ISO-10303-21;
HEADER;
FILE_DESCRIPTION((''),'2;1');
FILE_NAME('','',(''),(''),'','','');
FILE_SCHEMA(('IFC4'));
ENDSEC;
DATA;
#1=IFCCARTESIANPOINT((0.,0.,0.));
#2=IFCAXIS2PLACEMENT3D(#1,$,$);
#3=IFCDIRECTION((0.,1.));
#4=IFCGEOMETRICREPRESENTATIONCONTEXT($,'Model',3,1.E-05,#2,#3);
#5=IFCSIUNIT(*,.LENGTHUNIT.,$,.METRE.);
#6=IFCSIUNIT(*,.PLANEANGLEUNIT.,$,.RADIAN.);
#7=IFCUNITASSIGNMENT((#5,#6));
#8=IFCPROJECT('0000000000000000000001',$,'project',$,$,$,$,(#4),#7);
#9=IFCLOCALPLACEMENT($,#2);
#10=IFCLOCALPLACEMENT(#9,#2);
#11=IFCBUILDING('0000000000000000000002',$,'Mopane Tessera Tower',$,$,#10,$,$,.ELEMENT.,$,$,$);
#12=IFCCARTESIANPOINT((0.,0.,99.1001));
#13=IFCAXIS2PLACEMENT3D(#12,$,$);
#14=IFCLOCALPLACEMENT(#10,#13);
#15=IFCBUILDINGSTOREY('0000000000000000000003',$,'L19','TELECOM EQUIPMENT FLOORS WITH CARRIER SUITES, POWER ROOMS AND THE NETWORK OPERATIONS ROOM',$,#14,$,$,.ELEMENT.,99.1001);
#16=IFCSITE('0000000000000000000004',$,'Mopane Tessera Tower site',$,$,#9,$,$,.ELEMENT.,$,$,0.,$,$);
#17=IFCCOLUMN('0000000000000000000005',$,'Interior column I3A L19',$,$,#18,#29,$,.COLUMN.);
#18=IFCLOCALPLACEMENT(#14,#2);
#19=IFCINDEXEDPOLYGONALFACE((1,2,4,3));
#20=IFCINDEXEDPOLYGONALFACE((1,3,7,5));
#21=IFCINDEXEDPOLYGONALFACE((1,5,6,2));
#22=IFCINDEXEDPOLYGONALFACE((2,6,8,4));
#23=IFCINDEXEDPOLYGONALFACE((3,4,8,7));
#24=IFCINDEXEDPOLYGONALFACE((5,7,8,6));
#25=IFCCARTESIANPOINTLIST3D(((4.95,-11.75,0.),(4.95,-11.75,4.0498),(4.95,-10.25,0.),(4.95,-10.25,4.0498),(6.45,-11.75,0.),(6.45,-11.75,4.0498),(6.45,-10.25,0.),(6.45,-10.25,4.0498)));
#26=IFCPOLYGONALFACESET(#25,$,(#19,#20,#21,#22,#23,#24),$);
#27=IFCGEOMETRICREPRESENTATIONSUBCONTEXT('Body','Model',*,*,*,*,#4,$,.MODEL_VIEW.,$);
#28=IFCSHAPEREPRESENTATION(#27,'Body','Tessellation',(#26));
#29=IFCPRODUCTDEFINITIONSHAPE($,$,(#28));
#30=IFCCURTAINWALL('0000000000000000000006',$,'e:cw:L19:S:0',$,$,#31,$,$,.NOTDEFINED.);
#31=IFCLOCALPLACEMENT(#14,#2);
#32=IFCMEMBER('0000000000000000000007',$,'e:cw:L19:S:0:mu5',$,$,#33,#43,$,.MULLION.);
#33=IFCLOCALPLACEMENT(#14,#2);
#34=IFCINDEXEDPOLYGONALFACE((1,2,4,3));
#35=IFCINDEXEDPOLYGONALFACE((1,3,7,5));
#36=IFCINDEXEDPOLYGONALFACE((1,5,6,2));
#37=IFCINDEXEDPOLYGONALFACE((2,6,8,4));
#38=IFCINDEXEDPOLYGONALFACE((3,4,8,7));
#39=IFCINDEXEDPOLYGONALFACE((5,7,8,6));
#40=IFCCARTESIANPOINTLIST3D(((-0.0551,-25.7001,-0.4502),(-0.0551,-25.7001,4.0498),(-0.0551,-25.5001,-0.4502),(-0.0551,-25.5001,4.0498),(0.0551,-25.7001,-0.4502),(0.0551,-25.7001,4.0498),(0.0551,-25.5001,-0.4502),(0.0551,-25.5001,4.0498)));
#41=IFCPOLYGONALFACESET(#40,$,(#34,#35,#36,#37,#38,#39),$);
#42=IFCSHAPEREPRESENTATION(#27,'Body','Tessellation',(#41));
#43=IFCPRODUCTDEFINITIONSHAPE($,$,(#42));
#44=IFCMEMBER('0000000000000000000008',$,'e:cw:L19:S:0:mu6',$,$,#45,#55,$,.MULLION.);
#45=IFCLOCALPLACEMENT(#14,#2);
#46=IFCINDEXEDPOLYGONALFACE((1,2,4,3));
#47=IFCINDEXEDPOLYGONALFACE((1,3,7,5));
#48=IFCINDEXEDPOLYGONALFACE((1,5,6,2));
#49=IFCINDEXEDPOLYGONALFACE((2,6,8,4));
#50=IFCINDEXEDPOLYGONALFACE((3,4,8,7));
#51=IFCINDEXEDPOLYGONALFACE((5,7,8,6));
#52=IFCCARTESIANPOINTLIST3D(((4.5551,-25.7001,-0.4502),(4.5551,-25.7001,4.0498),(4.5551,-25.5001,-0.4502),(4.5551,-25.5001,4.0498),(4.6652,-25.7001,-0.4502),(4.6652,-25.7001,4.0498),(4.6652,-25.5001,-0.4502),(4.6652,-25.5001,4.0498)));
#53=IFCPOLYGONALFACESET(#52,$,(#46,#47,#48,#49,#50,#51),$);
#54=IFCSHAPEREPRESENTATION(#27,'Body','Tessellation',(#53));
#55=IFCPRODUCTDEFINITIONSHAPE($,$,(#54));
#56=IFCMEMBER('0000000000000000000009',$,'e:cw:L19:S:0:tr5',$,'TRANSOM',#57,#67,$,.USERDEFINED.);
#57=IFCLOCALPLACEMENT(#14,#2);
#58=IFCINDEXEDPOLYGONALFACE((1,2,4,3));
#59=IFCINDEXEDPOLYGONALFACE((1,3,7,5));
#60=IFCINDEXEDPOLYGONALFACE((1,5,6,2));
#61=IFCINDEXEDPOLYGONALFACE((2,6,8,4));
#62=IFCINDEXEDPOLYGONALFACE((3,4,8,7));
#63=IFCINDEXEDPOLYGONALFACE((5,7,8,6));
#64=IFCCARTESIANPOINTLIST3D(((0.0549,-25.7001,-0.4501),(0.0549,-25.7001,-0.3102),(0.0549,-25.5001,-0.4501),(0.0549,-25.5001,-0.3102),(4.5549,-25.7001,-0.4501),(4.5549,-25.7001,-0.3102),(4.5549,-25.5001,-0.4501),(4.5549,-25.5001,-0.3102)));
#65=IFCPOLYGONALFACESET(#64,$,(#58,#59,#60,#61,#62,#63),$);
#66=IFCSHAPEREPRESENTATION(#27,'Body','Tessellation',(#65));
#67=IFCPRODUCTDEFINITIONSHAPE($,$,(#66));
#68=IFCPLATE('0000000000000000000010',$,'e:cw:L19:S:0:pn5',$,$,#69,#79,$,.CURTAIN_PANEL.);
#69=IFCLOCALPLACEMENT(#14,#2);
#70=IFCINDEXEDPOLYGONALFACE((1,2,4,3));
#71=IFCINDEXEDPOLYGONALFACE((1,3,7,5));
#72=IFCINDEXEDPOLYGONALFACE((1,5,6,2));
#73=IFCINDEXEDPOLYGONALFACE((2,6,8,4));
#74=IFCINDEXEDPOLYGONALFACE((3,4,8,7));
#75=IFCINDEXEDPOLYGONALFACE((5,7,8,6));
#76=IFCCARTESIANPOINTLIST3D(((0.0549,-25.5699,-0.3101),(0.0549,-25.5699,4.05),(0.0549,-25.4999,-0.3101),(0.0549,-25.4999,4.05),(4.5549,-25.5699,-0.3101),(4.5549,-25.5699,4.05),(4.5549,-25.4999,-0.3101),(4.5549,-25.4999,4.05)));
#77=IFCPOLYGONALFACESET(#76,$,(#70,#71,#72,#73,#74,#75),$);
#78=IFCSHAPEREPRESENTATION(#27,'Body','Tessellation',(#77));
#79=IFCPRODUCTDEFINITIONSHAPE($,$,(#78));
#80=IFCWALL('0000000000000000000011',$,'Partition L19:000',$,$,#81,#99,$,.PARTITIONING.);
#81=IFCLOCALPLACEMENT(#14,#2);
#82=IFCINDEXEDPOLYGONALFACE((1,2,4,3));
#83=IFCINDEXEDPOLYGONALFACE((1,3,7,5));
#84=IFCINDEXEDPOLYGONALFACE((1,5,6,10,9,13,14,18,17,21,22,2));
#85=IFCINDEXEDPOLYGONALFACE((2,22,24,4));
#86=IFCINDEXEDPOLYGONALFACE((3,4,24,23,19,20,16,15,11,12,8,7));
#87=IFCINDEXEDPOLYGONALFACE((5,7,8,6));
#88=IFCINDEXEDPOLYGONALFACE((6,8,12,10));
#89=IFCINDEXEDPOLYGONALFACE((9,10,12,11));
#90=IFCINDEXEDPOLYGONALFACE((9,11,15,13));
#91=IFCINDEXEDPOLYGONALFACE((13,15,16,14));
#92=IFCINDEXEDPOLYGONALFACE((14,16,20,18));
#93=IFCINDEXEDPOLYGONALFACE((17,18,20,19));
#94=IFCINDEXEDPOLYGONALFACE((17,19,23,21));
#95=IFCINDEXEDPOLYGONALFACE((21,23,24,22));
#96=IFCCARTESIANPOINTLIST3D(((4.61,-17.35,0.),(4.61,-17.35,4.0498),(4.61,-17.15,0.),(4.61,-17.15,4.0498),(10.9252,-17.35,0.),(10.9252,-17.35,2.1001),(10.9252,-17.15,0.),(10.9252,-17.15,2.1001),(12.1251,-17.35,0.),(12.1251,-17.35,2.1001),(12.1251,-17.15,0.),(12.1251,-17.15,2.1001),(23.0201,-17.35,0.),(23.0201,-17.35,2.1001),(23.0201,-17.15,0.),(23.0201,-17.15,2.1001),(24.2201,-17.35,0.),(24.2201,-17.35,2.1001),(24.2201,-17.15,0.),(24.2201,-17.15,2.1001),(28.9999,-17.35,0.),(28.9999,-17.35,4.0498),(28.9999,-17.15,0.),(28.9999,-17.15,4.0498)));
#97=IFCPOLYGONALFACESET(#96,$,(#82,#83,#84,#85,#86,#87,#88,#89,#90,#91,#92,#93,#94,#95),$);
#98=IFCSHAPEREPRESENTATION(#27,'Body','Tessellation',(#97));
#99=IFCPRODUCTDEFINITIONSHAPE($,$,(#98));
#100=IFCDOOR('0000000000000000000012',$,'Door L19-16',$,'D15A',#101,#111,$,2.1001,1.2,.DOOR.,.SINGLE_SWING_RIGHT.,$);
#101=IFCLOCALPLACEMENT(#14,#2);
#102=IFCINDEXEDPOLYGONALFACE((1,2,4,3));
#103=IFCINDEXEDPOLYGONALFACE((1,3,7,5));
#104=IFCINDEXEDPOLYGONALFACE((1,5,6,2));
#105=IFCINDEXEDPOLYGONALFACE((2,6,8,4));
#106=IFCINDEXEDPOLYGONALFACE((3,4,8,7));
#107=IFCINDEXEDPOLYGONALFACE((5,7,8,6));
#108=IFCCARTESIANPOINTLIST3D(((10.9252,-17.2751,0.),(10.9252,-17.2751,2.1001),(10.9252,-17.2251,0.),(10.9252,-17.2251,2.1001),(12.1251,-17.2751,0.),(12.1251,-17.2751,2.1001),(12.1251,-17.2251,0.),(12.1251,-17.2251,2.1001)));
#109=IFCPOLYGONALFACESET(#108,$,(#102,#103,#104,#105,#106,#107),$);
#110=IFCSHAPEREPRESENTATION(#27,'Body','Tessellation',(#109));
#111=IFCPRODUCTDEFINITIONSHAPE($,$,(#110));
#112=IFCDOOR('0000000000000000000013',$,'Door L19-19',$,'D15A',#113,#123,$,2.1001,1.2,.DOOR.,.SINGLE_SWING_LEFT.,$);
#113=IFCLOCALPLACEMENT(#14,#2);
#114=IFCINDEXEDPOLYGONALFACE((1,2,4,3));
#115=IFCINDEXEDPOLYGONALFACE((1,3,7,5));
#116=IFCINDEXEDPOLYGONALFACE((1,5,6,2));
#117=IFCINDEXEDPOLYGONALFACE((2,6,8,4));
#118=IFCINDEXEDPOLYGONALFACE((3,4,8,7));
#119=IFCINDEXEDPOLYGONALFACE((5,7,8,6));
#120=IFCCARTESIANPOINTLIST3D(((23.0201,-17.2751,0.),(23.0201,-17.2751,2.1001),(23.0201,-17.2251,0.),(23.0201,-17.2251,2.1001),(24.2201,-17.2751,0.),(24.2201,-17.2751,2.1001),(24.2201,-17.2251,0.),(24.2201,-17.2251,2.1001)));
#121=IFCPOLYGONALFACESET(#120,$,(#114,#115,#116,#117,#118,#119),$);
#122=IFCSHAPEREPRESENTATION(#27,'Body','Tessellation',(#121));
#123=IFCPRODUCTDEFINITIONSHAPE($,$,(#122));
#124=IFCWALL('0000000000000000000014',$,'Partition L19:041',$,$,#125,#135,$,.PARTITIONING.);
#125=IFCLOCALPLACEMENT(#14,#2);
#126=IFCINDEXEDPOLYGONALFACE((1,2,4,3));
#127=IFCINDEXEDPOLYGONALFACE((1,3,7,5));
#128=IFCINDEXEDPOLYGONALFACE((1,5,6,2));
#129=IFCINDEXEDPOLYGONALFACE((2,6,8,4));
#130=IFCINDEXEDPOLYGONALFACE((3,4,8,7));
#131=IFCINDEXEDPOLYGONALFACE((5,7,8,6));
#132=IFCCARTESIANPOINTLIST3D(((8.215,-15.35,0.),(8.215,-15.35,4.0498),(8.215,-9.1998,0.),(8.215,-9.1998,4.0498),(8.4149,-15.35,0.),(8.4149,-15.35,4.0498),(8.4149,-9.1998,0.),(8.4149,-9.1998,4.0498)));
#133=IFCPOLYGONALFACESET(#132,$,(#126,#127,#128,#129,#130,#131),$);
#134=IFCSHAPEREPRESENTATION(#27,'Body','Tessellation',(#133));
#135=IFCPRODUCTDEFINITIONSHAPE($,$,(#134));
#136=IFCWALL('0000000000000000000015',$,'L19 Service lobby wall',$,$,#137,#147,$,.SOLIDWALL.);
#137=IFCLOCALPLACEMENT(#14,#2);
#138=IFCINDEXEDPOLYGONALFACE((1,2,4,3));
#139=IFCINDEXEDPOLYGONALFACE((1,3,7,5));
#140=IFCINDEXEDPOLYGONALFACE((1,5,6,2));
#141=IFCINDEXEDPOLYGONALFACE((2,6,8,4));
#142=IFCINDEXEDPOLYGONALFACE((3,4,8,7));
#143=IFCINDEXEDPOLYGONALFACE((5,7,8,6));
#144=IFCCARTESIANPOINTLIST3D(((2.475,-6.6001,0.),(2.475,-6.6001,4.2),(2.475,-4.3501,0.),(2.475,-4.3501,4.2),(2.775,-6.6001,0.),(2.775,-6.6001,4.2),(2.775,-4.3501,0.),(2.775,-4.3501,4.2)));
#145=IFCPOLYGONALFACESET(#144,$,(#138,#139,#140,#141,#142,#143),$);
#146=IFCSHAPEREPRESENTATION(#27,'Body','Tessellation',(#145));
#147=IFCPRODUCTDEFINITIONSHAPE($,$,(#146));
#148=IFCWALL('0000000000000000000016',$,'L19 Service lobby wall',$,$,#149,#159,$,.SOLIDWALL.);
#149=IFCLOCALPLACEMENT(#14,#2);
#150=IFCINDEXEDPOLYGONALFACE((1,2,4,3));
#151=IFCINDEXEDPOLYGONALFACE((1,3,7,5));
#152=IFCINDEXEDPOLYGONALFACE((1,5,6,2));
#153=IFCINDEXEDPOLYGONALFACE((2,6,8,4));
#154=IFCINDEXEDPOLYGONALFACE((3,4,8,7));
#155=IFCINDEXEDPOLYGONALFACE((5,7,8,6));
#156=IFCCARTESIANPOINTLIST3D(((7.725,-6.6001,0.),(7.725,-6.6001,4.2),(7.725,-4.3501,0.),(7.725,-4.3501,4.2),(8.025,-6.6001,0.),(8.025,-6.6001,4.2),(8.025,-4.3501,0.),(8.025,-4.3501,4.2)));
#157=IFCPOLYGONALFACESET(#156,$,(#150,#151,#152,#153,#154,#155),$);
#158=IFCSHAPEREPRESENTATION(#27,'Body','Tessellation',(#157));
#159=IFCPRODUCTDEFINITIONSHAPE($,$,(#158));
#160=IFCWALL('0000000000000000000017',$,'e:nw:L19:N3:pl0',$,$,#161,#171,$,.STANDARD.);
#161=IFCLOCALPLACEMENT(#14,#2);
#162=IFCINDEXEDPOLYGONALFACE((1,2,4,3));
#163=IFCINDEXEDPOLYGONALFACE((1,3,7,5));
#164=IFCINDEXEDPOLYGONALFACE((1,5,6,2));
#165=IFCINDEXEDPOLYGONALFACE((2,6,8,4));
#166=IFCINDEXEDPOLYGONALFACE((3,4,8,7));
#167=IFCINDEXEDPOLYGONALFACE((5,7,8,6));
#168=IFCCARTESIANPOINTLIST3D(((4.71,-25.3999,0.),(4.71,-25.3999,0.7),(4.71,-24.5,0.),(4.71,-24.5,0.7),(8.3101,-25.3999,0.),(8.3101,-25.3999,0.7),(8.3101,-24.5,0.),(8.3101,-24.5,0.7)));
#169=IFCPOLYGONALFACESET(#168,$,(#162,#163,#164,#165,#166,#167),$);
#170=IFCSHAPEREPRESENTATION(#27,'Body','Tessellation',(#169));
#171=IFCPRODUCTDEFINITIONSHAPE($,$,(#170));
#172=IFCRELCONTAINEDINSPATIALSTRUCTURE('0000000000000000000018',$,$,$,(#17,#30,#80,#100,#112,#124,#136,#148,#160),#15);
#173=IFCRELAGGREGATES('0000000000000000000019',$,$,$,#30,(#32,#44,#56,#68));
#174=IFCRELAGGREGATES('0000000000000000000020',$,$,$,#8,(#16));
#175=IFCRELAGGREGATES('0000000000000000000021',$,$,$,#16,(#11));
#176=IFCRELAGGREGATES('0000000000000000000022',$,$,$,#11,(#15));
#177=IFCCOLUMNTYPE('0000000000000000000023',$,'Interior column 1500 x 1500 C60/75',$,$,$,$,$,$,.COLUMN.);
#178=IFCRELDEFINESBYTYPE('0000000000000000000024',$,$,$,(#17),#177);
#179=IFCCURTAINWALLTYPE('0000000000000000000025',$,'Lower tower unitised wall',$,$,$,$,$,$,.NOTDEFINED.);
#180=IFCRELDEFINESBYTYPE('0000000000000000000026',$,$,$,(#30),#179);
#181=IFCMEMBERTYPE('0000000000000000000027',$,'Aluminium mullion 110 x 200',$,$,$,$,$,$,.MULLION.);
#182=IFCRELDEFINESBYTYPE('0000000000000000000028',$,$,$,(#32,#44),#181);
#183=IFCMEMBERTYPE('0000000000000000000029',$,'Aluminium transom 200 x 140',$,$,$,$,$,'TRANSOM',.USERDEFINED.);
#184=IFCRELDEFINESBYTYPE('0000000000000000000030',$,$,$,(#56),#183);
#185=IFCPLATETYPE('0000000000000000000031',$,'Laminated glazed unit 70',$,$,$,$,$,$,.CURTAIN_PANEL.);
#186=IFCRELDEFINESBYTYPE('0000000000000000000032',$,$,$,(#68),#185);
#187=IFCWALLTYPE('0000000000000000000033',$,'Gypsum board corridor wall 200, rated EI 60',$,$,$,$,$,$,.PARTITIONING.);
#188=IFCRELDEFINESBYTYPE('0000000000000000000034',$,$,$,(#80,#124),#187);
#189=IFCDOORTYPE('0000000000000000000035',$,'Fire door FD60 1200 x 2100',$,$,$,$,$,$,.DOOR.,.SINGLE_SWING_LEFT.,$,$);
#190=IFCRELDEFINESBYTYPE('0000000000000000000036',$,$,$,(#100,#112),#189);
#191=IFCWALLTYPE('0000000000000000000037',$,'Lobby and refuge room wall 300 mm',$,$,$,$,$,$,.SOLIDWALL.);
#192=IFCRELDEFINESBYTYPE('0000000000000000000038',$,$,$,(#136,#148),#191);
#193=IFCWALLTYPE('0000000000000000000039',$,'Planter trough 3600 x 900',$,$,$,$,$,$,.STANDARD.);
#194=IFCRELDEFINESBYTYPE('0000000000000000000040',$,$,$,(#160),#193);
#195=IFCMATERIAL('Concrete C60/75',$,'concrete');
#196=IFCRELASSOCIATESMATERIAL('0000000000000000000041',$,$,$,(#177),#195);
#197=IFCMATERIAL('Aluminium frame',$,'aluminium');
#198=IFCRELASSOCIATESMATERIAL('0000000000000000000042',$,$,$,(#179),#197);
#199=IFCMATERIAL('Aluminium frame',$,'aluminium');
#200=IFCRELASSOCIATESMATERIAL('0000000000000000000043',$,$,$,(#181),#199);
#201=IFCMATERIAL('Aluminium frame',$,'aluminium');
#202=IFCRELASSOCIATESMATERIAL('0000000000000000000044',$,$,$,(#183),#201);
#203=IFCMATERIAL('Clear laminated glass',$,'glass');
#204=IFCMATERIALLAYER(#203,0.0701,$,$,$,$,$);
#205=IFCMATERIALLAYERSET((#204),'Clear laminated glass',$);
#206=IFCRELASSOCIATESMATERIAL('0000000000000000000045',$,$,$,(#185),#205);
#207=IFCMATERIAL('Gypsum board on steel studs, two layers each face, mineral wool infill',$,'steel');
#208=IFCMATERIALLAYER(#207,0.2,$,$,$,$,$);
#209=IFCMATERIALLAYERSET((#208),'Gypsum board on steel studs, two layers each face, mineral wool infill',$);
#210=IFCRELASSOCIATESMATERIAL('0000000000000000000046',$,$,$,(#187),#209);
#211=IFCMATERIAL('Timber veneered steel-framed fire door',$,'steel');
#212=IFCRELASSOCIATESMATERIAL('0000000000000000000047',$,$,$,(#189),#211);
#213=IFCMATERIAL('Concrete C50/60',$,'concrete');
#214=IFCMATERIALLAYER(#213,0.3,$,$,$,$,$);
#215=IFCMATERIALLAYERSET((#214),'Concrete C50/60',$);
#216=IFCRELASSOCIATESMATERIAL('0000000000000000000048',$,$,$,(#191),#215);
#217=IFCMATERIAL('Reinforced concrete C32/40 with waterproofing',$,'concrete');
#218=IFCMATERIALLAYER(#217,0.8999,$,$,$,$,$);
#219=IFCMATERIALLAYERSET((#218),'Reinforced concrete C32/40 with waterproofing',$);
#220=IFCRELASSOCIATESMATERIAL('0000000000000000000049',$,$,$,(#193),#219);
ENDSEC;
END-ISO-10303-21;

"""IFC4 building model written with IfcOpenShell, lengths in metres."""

from ifc_helpers import new_model, si_unit, direction, frame, frame_2d, origin, origin_2d, place, context, subcontext, project, spatial, rectangle, extrude, material, layer, layer_set, material_profile, profile_set, type_object, element, fill, aggregate, save


model = new_model("IFC4")

# Units and contexts
model_context = context("Model", 3, precision=1e-05, world=origin(), true_north=direction((0.0, 1.0)))
body_context = subcontext(model_context, "Body", "Model", "MODEL_VIEW")
ifc_project = project(units=[si_unit("LENGTHUNIT", "METRE"), si_unit("PLANEANGLEUNIT", "RADIAN")], contexts=[model_context])

# Site, building, storey
site_placement = place(None, origin())
site = spatial("IfcSite", under=ifc_project, at=site_placement, Name="Mopane Tessera Tower site", CompositionType="ELEMENT", RefElevation=0.0)
building_placement = place(site_placement, origin())
building = spatial("IfcBuilding", under=site, at=building_placement, Name="Mopane Tessera Tower", CompositionType="ELEMENT")
storey_placement = place(building_placement, frame((0.0, 0.0, 99.1001)))
storey = spatial("IfcBuildingStorey", under=building, at=storey_placement, Name="L19", Description="TELECOM EQUIPMENT FLOORS WITH CARRIER SUITES, POWER ROOMS AND THE NETWORK OPERATIONS ROOM", CompositionType="ELEMENT", Elevation=99.1001)

# Column
ifc_material_1 = material(Name="Concrete C60/75", Category="concrete")
ifc_material_profile_1 = material_profile(ifc_material_1, rectangle(XDim=1.5, YDim=1.5, at=origin_2d()))
ifc_profile_set_1 = profile_set([ifc_material_profile_1], Name="Concrete C60/75")
column_type = type_object("IfcColumnType", Name="Interior column 1500 x 1500 C60/75", PredefinedType="COLUMN", material=ifc_profile_set_1)
column_placement = place(storey_placement, frame((5.7, -11.0, 0.0), z_axis=(0.0, 0.0, 1.0), x_axis=(1.0, 0.0, 0.0)))
element("IfcColumn", 1, at=column_placement, inside=storey, type_object=column_type, Name="Interior column I3A L19", PredefinedType="COLUMN", context=body_context, shape_type="SweptSolid", body=[
    extrude(rectangle(XDim=1.5, YDim=1.5, at=origin_2d()), origin(), (0.0, 0.0, 1.0), 4.0498),
])

# Curtain wall, members, plate
ifc_material_2 = material(Name="Aluminium frame", Category="aluminium")
curtain_wall_type = type_object("IfcCurtainWallType", Name="Lower tower unitised wall", PredefinedType="NOTDEFINED", material=ifc_material_2)
curtain_wall_placement = place(storey_placement, origin())
curtain_wall = element("IfcCurtainWall", 2, at=curtain_wall_placement, inside=storey, type_object=curtain_wall_type, Name="e:cw:L19:S:0", PredefinedType="NOTDEFINED")
ifc_material_3 = material(Name="Aluminium frame", Category="aluminium")
ifc_material_profile_2 = material_profile(ifc_material_3, rectangle(XDim=0.1101, YDim=0.2, at=origin_2d()))
ifc_profile_set_2 = profile_set([ifc_material_profile_2], Name="Aluminium frame")
member_type_1 = type_object("IfcMemberType", Name="Aluminium mullion 110 x 200", PredefinedType="MULLION", material=ifc_profile_set_2)
member_1_placement = place(storey_placement, frame((0.0, -25.6001, -0.4502), z_axis=(0.0, 0.0, 1.0), x_axis=(1.0, 0.0, 0.0)))
member_1 = element("IfcMember", 3, at=member_1_placement, type_object=member_type_1, Name="e:cw:L19:S:0:mu5", PredefinedType="MULLION", context=body_context, shape_type="SweptSolid", body=[
    extrude(rectangle(XDim=0.1101, YDim=0.2, at=origin_2d()), origin(), (0.0, 0.0, 1.0), 4.5),
])
member_2_placement = place(storey_placement, frame((4.6101, -25.6001, -0.4502), z_axis=(0.0, 0.0, 1.0), x_axis=(1.0, 0.0, 0.0)))
member_2 = element("IfcMember", 4, at=member_2_placement, type_object=member_type_1, Name="e:cw:L19:S:0:mu6", PredefinedType="MULLION", context=body_context, shape_type="SweptSolid", body=[
    extrude(rectangle(XDim=0.1101, YDim=0.2, at=origin_2d()), origin(), (0.0, 0.0, 1.0), 4.5),
])
ifc_material_4 = material(Name="Aluminium frame", Category="aluminium")
ifc_material_profile_3 = material_profile(ifc_material_4, rectangle(XDim=0.2, YDim=0.1399, at=origin_2d()))
ifc_profile_set_3 = profile_set([ifc_material_profile_3], Name="Aluminium frame")
member_type_2 = type_object("IfcMemberType", Name="Aluminium transom 200 x 140", ElementType="TRANSOM", PredefinedType="USERDEFINED", material=ifc_profile_set_3)
member_3_placement = place(storey_placement, frame((0.0549, -25.6001, -0.3801), z_axis=(1.0, 0.0, 0.0), x_axis=(0.0, 1.0, 0.0)))
member_3 = element("IfcMember", 5, at=member_3_placement, type_object=member_type_2, Name="e:cw:L19:S:0:tr5", ObjectType="TRANSOM", PredefinedType="USERDEFINED", context=body_context, shape_type="SweptSolid", body=[
    extrude(rectangle(XDim=0.2, YDim=0.1399, at=origin_2d()), origin(), (0.0, 0.0, 1.0), 4.5),
])
ifc_material_5 = material(Name="Clear laminated glass", Category="glass")
ifc_layer_1 = layer(ifc_material_5, 0.0701)
ifc_layer_set_1 = layer_set([ifc_layer_1], Name="Clear laminated glass")
plate_type = type_object("IfcPlateType", Name="Laminated glazed unit 70", PredefinedType="CURTAIN_PANEL", material=ifc_layer_set_1)
plate_placement = place(storey_placement, frame((2.3049, -25.5349, -0.3101), z_axis=(0.0, 0.0, 1.0), x_axis=(1.0, 0.0, 0.0)))
plate = element("IfcPlate", 6, at=plate_placement, type_object=plate_type, Name="e:cw:L19:S:0:pn5", PredefinedType="CURTAIN_PANEL", context=body_context, shape_type="SweptSolid", body=[
    extrude(rectangle(XDim=4.5, YDim=0.0701, at=origin_2d()), origin(), (0.0, 0.0, 1.0), 4.3601),
])
aggregate(curtain_wall, [member_1, member_2, member_3, plate])

# Wall, openings, doors
ifc_material_6 = material(Name="Gypsum board on steel studs, two layers each face, mineral wool infill", Category="steel")
ifc_layer_2 = layer(ifc_material_6, 0.2)
ifc_layer_set_2 = layer_set([ifc_layer_2], Name="Gypsum board on steel studs, two layers each face, mineral wool infill")
wall_type_1 = type_object("IfcWallType", Name="Gypsum board corridor wall 200, rated EI 60", PredefinedType="PARTITIONING", material=ifc_layer_set_2)
wall_1_placement = place(storey_placement, frame((4.6101, -17.25, 0.0), z_axis=(0.0, 0.0, 1.0), x_axis=(1.0, 0.0, 0.0)))
wall_1 = element("IfcWall", 7, at=wall_1_placement, inside=storey, type_object=wall_type_1, Name="Partition L19:000", PredefinedType="PARTITIONING", context=body_context, shape_type="SweptSolid", body=[
    extrude(rectangle(XDim=24.3899, YDim=0.2, at=frame_2d((12.1948, 0.0))), origin(), (0.0, 0.0, 1.0), 4.0498),
])
opening_1_placement = place(wall_1_placement, frame((6.3149, 0.0, 0.0)))
opening_1 = element("IfcOpeningElement", 8, at=opening_1_placement, cuts=wall_1, PredefinedType="OPENING", context=body_context, shape_type="SweptSolid", body=[
    extrude(rectangle(XDim=1.2, YDim=2.1001, at=frame_2d((0.6001, 1.05))), frame((0.0, 0.1121, 0.0), z_axis=(0.0, -1.0, 0.0), x_axis=(1.0, 0.0, 0.0)), (0.0, 0.0, 1.0), 0.2239),
])
opening_2_placement = place(wall_1_placement, frame((18.4099, 0.0, 0.0)))
opening_2 = element("IfcOpeningElement", 9, at=opening_2_placement, cuts=wall_1, PredefinedType="OPENING", context=body_context, shape_type="SweptSolid", body=[
    extrude(rectangle(XDim=1.2, YDim=2.1001, at=frame_2d((0.6001, 1.05))), frame((0.0, 0.1121, 0.0), z_axis=(0.0, -1.0, 0.0), x_axis=(1.0, 0.0, 0.0)), (0.0, 0.0, 1.0), 0.2239),
])
ifc_material_7 = material(Name="Timber veneered steel-framed fire door", Category="steel")
door_type_1 = type_object("IfcDoorType", Name="Fire door FD60 1200 x 2100", OperationType="SINGLE_SWING_LEFT", PredefinedType="DOOR", material=ifc_material_7)
door_1_placement = place(opening_1_placement, origin())
door_1 = element("IfcDoor", 10, at=door_1_placement, inside=storey, type_object=door_type_1, Name="Door L19-16", ObjectType="D15A", OperationType="SINGLE_SWING_RIGHT", OverallHeight=2.1001, OverallWidth=1.2, PredefinedType="DOOR", context=body_context, shape_type="SweptSolid", body=[
    extrude(rectangle(XDim=1.2, YDim=2.1001, at=frame_2d((0.6001, 1.05))), frame((0.0, 0.0249, 0.0), z_axis=(0.0, -1.0, 0.0), x_axis=(1.0, 0.0, 0.0)), (0.0, 0.0, 1.0), 0.05),
])
fill(opening_1, door_1)
door_2_placement = place(opening_2_placement, origin())
door_2 = element("IfcDoor", 11, at=door_2_placement, inside=storey, type_object=door_type_1, Name="Door L19-19", ObjectType="D15A", OperationType="SINGLE_SWING_LEFT", OverallHeight=2.1001, OverallWidth=1.2, PredefinedType="DOOR", context=body_context, shape_type="SweptSolid", body=[
    extrude(rectangle(XDim=1.2, YDim=2.1001, at=frame_2d((0.6001, 1.05))), frame((0.0, 0.0249, 0.0), z_axis=(0.0, -1.0, 0.0), x_axis=(1.0, 0.0, 0.0)), (0.0, 0.0, 1.0), 0.05),
])
fill(opening_2, door_2)

# Walls
wall_2_placement = place(storey_placement, frame((8.3149, -15.3501, 0.0), z_axis=(0.0, 0.0, 1.0), x_axis=(0.0, 1.0, 0.0)))
element("IfcWall", 12, at=wall_2_placement, inside=storey, type_object=wall_type_1, Name="Partition L19:041", PredefinedType="PARTITIONING", context=body_context, shape_type="SweptSolid", body=[
    extrude(rectangle(XDim=6.1501, YDim=0.2, at=frame_2d((3.0752, 0.0))), origin(), (0.0, 0.0, 1.0), 4.0498),
])
ifc_material_8 = material(Name="Concrete C50/60", Category="concrete")
ifc_layer_3 = layer(ifc_material_8, 0.3)
ifc_layer_set_3 = layer_set([ifc_layer_3], Name="Concrete C50/60")
wall_type_2 = type_object("IfcWallType", Name="Lobby and refuge room wall 300 mm", PredefinedType="SOLIDWALL", material=ifc_layer_set_3)
for number, where, z_axis, x_axis, name in (
    (13, (2.625, -6.6001, 0.0), (0.0, 0.0, 1.0), (0.0, 1.0, 0.0), "L19 Service lobby wall"),
    (14, (7.875, -6.6001, 0.0), (0.0, 0.0, 1.0), (0.0, 1.0, 0.0), "L19 Service lobby wall"),
):
    element("IfcWall", number, at=place(storey_placement, frame(where, z_axis=z_axis, x_axis=x_axis)), inside=storey, type_object=wall_type_2, Name=name, PredefinedType="SOLIDWALL", context=body_context, shape_type="SweptSolid", body=[
        extrude(rectangle(XDim=2.25, YDim=0.3, at=frame_2d((1.125, 0.0))), origin(), (0.0, 0.0, 1.0), 4.2),
    ])
ifc_material_9 = material(Name="Reinforced concrete C32/40 with waterproofing", Category="concrete")
ifc_layer_4 = layer(ifc_material_9, 0.8999)
ifc_layer_set_4 = layer_set([ifc_layer_4], Name="Reinforced concrete C32/40 with waterproofing")
wall_type_3 = type_object("IfcWallType", Name="Planter trough 3600 x 900", PredefinedType="STANDARD", material=ifc_layer_set_4)
wall_3_placement = place(storey_placement, frame((4.71, -24.95, 0.0), z_axis=(0.0, 0.0, 1.0), x_axis=(1.0, 0.0, 0.0)))
element("IfcWall", 15, at=wall_3_placement, inside=storey, type_object=wall_type_3, Name="e:nw:L19:N3:pl0", PredefinedType="STANDARD", context=body_context, shape_type="SweptSolid", body=[
    extrude(rectangle(XDim=3.6001, YDim=0.8999, at=frame_2d((1.8, 0.0))), origin(), (0.0, 0.0, 1.0), 0.7),
])

save(model, "model.ifc")
